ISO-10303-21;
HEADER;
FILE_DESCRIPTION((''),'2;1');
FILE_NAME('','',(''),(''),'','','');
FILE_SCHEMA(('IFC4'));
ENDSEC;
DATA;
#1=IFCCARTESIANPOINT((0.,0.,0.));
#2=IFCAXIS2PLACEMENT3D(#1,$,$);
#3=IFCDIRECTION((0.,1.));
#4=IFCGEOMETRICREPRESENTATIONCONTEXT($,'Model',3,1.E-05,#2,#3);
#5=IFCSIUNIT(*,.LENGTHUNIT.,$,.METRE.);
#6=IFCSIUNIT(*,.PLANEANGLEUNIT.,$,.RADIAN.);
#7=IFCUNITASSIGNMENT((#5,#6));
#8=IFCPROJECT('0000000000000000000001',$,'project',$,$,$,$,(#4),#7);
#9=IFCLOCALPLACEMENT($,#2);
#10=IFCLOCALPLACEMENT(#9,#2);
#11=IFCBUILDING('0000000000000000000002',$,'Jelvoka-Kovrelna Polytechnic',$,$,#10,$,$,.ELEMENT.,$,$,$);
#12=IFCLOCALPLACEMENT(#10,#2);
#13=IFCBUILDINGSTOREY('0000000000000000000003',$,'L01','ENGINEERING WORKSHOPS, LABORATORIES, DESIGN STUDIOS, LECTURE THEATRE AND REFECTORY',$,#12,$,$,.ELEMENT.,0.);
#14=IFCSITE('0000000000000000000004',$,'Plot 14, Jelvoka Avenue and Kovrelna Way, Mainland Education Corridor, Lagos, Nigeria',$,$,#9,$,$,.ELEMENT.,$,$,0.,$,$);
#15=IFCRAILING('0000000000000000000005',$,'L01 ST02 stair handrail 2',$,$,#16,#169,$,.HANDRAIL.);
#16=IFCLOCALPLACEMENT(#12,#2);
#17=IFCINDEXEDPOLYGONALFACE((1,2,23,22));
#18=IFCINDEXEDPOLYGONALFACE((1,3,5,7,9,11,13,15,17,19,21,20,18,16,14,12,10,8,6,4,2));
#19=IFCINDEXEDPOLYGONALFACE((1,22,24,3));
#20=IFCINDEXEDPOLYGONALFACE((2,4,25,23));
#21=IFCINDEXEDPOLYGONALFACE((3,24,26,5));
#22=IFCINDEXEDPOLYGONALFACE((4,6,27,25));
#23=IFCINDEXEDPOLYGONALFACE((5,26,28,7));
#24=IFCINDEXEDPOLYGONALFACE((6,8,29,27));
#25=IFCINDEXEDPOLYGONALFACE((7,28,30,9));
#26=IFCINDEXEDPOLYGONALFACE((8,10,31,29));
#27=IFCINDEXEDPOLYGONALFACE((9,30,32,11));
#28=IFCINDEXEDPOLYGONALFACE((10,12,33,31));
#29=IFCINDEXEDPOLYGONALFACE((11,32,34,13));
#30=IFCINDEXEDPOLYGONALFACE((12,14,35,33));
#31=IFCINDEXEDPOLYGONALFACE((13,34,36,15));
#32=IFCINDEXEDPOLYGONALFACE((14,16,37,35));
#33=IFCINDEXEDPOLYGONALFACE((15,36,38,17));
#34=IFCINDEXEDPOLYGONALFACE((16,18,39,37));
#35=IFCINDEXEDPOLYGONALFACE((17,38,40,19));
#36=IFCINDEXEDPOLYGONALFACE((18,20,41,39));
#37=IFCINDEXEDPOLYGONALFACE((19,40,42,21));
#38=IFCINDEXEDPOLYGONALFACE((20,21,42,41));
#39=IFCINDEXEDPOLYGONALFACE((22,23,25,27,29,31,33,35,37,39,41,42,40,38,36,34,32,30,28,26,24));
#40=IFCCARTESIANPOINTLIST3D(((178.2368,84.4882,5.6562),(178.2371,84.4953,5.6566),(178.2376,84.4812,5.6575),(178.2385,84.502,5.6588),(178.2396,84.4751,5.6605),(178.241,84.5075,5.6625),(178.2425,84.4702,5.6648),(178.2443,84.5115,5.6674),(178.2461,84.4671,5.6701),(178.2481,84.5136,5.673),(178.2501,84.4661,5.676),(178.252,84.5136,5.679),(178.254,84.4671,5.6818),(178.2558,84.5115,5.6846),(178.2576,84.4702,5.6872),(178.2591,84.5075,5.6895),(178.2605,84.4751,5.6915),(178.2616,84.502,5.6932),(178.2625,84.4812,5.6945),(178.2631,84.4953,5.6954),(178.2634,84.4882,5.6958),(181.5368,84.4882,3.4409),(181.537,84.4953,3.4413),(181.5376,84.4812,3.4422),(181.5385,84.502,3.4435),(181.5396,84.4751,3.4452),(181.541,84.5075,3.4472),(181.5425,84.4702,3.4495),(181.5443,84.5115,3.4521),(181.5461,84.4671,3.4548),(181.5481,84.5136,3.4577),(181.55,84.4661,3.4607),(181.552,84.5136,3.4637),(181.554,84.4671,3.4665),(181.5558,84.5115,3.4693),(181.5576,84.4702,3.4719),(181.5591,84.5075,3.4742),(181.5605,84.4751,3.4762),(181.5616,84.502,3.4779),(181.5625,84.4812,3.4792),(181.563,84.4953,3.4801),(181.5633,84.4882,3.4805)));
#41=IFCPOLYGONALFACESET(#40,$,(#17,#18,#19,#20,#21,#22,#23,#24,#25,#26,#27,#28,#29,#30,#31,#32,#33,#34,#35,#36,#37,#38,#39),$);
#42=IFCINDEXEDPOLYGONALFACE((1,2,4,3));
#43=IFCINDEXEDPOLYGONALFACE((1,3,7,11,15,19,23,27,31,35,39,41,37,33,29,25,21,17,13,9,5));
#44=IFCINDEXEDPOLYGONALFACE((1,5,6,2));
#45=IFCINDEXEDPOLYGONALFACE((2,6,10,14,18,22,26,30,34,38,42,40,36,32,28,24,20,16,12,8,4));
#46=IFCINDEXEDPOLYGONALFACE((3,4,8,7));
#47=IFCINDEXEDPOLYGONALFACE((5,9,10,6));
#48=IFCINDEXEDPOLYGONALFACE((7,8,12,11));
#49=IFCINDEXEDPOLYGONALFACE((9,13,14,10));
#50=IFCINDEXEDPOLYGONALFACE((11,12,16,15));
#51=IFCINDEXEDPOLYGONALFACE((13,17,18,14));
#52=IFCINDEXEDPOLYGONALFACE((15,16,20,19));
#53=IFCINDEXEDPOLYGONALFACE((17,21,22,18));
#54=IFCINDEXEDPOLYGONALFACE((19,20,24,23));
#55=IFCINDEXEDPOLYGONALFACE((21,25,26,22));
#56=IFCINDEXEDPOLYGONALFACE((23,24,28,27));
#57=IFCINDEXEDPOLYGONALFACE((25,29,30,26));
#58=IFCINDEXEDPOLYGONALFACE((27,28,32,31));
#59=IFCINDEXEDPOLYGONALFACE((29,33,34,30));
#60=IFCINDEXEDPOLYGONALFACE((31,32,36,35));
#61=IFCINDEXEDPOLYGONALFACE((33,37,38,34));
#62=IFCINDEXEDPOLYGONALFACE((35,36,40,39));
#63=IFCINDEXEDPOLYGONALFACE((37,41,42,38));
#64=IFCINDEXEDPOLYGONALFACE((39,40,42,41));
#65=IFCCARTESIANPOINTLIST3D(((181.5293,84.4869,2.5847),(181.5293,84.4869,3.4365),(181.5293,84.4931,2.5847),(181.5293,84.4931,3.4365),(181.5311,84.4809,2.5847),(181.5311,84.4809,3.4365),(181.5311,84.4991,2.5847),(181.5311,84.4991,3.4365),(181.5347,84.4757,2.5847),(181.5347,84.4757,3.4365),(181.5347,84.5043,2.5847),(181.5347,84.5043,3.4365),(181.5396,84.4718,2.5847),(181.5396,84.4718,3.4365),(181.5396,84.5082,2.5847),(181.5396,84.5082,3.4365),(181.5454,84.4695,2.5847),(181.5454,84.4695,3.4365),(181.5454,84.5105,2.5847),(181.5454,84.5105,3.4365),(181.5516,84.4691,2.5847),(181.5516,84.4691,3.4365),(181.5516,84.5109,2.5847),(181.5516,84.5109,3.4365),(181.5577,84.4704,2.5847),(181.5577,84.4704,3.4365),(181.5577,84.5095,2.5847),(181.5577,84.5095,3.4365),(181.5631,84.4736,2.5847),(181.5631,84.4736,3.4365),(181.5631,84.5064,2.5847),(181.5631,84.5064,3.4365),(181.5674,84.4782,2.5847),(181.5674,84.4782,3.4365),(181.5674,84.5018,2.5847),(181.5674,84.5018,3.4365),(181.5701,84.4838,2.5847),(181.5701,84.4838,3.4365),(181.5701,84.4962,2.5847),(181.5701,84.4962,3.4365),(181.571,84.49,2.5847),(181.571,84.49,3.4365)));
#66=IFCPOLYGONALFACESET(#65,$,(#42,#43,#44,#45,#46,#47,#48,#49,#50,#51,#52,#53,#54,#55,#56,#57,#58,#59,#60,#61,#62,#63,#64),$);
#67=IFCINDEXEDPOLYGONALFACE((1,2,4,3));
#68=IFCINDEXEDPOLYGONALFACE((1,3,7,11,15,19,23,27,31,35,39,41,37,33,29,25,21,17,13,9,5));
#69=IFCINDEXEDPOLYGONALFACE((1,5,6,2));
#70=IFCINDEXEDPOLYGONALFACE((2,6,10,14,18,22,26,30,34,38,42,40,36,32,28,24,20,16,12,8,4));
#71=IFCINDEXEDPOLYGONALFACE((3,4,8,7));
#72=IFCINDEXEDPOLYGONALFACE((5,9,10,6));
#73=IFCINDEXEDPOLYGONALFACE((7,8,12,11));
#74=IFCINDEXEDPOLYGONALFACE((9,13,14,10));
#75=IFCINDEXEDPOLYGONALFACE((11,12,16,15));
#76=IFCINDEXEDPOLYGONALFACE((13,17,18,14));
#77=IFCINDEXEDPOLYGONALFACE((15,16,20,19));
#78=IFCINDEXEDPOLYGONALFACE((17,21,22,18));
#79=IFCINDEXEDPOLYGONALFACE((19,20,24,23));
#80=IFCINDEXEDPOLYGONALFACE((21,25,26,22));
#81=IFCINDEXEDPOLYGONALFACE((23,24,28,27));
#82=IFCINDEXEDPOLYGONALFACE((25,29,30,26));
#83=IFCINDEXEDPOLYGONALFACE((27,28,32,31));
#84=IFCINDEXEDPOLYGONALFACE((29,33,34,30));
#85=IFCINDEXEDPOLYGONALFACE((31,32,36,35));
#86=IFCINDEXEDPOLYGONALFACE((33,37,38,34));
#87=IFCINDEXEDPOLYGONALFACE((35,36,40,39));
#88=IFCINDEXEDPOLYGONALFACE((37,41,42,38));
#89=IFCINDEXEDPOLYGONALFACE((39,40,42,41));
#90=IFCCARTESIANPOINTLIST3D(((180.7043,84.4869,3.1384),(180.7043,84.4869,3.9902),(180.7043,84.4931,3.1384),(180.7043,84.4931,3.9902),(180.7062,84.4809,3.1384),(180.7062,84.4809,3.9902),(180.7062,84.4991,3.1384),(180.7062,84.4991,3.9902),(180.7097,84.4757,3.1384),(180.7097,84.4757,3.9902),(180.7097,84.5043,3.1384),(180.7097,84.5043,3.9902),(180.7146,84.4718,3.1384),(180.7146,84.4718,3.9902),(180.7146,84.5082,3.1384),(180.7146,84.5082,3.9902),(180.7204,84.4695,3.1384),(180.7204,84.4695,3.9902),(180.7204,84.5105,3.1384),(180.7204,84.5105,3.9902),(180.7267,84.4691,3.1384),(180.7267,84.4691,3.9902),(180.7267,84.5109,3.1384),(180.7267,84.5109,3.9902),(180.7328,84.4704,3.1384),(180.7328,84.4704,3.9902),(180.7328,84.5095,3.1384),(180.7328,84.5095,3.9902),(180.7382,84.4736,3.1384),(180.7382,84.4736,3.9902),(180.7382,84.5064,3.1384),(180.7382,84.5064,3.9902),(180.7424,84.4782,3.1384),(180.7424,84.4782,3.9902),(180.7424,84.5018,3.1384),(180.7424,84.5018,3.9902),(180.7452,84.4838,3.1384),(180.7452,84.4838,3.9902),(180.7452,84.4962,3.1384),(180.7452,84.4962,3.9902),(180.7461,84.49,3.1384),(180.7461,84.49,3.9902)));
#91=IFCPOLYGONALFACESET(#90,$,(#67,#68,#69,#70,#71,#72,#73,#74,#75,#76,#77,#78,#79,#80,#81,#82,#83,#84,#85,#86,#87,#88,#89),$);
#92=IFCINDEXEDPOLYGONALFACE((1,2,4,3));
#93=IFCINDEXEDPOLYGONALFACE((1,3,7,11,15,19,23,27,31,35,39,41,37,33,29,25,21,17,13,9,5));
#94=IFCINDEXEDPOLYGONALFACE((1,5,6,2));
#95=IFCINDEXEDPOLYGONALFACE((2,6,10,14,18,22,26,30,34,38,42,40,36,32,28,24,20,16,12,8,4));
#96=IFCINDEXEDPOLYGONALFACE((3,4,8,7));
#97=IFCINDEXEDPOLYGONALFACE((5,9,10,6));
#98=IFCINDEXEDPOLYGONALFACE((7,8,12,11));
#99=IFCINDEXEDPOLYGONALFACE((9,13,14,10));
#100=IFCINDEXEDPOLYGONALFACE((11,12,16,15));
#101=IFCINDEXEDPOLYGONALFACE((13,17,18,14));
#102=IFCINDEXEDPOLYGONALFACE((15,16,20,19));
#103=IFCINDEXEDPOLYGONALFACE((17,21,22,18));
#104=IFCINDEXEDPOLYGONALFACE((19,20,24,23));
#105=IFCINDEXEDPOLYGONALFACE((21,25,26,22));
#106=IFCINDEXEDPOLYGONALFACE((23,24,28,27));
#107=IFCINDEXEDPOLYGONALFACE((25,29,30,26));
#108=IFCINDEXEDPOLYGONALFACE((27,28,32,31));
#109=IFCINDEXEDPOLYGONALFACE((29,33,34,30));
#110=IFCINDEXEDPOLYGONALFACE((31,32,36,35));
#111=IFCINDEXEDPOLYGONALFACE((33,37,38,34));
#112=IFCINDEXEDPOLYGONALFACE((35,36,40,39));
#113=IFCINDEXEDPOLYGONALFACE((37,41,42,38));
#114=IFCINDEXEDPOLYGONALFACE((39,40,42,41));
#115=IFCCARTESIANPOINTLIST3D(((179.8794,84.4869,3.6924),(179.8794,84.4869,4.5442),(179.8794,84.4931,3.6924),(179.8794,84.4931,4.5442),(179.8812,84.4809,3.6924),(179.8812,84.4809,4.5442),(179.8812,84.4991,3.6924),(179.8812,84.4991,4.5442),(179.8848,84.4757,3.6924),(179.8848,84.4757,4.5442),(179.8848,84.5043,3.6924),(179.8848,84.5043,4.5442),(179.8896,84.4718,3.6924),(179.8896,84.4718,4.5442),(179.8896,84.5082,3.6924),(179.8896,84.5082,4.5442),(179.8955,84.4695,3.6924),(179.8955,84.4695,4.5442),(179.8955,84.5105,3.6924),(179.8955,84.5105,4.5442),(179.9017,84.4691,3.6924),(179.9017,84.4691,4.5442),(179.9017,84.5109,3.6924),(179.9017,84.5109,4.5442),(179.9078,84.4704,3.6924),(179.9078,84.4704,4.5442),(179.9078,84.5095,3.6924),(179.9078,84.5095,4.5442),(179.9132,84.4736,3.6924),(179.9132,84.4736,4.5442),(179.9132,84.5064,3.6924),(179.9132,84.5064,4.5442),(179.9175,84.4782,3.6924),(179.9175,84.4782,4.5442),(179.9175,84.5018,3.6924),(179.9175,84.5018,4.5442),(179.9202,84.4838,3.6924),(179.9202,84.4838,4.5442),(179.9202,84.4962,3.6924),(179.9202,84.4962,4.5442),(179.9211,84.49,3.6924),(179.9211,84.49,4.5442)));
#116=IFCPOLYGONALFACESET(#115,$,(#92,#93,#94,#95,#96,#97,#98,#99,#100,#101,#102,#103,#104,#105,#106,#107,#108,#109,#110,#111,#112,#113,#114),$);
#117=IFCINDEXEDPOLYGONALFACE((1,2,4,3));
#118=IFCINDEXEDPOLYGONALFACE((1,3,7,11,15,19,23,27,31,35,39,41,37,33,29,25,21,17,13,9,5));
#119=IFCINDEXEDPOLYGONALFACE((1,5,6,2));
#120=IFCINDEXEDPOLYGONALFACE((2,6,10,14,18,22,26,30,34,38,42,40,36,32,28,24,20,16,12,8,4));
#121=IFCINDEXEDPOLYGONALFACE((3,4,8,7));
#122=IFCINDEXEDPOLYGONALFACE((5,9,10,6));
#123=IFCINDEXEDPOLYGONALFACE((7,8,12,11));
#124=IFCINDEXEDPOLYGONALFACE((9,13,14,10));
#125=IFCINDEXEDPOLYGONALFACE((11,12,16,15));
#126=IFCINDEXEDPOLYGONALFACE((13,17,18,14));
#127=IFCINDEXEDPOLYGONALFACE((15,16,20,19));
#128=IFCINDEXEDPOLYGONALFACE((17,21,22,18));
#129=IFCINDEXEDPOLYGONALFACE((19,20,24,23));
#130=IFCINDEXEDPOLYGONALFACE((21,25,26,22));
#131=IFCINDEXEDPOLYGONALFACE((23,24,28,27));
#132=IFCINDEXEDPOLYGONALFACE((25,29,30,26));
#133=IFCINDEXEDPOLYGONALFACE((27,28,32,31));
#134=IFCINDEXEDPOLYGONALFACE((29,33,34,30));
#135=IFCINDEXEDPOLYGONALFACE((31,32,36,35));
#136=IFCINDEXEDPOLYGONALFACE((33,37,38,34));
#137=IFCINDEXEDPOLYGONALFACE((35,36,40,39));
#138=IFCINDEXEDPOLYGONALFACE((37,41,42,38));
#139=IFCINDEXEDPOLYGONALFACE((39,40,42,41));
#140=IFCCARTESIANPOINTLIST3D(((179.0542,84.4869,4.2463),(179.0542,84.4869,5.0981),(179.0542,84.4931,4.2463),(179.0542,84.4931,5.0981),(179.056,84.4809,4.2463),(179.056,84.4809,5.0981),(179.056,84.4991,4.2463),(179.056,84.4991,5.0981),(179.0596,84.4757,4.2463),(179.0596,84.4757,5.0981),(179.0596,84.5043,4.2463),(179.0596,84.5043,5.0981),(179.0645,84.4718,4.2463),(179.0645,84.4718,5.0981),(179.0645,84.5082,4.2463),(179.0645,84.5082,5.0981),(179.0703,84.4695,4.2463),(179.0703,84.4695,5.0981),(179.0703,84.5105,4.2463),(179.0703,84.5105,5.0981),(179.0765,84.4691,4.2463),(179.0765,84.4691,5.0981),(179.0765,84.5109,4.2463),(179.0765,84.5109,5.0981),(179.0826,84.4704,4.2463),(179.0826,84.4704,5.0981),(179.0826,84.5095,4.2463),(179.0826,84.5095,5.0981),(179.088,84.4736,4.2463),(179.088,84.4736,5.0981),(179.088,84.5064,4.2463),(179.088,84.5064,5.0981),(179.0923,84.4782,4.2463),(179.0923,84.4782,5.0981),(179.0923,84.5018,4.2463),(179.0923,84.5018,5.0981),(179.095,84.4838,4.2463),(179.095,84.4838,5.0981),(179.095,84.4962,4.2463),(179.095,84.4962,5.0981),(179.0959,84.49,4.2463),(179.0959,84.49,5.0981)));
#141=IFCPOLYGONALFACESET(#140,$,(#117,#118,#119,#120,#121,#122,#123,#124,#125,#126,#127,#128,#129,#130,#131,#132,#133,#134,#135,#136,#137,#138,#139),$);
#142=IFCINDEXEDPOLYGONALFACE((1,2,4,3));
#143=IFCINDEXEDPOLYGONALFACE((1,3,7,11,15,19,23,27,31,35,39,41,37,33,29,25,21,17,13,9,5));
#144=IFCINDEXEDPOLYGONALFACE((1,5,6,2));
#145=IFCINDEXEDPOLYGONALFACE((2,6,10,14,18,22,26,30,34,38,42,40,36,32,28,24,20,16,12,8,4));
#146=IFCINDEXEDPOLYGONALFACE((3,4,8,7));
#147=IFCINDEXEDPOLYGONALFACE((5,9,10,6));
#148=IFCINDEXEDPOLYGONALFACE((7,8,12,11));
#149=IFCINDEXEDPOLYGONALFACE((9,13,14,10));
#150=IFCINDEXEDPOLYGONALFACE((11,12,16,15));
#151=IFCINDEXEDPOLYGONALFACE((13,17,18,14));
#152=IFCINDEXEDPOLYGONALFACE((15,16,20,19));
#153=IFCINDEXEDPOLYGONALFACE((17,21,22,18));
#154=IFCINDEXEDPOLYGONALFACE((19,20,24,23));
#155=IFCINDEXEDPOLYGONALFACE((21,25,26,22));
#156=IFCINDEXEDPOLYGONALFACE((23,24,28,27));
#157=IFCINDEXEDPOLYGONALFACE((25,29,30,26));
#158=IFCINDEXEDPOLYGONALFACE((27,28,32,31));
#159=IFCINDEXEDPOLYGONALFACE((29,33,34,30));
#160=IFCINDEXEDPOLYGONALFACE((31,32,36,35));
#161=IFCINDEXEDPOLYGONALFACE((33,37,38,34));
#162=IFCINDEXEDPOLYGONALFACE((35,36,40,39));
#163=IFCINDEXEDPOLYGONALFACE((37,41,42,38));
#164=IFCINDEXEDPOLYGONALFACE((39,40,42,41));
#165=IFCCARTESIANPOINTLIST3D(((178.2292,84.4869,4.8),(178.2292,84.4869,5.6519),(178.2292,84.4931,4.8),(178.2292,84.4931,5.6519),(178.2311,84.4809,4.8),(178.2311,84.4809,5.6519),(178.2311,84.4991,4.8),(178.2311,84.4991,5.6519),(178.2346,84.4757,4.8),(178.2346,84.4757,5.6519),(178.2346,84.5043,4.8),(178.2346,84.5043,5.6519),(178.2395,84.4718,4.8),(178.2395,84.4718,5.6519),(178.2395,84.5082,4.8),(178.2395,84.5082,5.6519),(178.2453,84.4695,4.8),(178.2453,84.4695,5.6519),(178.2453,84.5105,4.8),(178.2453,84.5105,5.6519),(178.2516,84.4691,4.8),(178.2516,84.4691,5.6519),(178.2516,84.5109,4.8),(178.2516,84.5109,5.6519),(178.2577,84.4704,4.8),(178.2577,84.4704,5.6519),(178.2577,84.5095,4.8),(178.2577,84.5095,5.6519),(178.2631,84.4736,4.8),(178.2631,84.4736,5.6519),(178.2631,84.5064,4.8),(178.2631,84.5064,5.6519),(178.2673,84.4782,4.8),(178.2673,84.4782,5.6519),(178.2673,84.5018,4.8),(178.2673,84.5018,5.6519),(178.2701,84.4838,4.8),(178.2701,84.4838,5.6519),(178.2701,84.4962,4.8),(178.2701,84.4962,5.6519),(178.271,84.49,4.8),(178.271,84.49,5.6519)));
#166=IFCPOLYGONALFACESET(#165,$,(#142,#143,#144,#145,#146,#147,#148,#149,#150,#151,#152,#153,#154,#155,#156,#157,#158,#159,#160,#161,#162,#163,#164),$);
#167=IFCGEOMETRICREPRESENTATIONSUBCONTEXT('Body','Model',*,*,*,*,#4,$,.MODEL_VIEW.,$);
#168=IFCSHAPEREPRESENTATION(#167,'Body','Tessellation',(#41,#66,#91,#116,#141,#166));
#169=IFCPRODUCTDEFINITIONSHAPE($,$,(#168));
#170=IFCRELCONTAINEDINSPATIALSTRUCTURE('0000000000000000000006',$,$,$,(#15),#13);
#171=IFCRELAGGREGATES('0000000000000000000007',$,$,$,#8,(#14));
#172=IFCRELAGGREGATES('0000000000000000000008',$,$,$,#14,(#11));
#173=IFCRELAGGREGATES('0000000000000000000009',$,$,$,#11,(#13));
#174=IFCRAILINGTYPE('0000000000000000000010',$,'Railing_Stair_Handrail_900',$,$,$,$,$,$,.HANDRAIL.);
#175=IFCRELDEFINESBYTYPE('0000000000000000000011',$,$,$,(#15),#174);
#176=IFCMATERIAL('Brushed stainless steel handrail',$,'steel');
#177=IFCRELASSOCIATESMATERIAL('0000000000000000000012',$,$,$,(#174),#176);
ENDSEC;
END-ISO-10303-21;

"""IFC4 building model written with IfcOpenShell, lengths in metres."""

from ifc_helpers import new_model, si_unit, direction, frame, origin, origin_2d, place, context, subcontext, project, spatial, circle, extrude, material, type_object, element, save


model = new_model("IFC4")

# Units and contexts
model_context = context("Model", 3, precision=1e-05, world=origin(), true_north=direction((0.0, 1.0)))
body_context = subcontext(model_context, "Body", "Model", "MODEL_VIEW")
ifc_project = project(units=[si_unit("LENGTHUNIT", "METRE"), si_unit("PLANEANGLEUNIT", "RADIAN")], contexts=[model_context])

# Site, building, storey
site_placement = place(None, origin())
site = spatial("IfcSite", under=ifc_project, at=site_placement, Name="Plot 14, Jelvoka Avenue and Kovrelna Way, Mainland Education Corridor, Lagos, Nigeria", CompositionType="ELEMENT", RefElevation=0.0)
building_placement = place(site_placement, origin())
building = spatial("IfcBuilding", under=site, at=building_placement, Name="Jelvoka-Kovrelna Polytechnic", CompositionType="ELEMENT")
storey_placement = place(building_placement, origin())
storey = spatial("IfcBuildingStorey", under=building, at=storey_placement, Name="L01", Description="ENGINEERING WORKSHOPS, LABORATORIES, DESIGN STUDIOS, LECTURE THEATRE AND REFECTORY", CompositionType="ELEMENT", Elevation=0.0)

# Railing
ifc_material_1 = material(Name="Brushed stainless steel handrail", Category="steel")
railing_type_1 = type_object("IfcRailingType", Name="Railing_Stair_Handrail_900", PredefinedType="HANDRAIL", material=ifc_material_1)
railing_1_placement = place(storey_placement, frame((181.55, 84.49, 2.5847)))
element("IfcRailing", 1, at=railing_1_placement, inside=storey, type_object=railing_type_1, Name="L01 ST02 stair handrail 2", PredefinedType="HANDRAIL", context=body_context, shape_type="SweptSolid", body=[
    extrude(circle(Radius=0.0239, at=origin_2d()), frame((0.0, 0.0, 0.876), z_axis=(-0.830269, 0.0, 0.557362), x_axis=(0.0, -1.0, 0.0)), (0.0, 0.0, 1.0), 3.9746),
    extrude(circle(Radius=0.021, at=origin_2d()), origin(), (0.0, 0.0, 1.0), 0.8518),
    extrude(circle(Radius=0.021, at=origin_2d()), frame((-0.825, 0.0, 0.5537)), (0.0, 0.0, 1.0), 0.8518),
    extrude(circle(Radius=0.021, at=origin_2d()), frame((-1.6499, 0.0, 1.1077)), (0.0, 0.0, 1.0), 0.8518),
    extrude(circle(Radius=0.021, at=origin_2d()), frame((-2.4751, 0.0, 1.6616)), (0.0, 0.0, 1.0), 0.8518),
    extrude(circle(Radius=0.021, at=origin_2d()), frame((-3.3, 0.0, 2.2153)), (0.0, 0.0, 1.0), 0.8518),
])

save(model, "model.ifc")
